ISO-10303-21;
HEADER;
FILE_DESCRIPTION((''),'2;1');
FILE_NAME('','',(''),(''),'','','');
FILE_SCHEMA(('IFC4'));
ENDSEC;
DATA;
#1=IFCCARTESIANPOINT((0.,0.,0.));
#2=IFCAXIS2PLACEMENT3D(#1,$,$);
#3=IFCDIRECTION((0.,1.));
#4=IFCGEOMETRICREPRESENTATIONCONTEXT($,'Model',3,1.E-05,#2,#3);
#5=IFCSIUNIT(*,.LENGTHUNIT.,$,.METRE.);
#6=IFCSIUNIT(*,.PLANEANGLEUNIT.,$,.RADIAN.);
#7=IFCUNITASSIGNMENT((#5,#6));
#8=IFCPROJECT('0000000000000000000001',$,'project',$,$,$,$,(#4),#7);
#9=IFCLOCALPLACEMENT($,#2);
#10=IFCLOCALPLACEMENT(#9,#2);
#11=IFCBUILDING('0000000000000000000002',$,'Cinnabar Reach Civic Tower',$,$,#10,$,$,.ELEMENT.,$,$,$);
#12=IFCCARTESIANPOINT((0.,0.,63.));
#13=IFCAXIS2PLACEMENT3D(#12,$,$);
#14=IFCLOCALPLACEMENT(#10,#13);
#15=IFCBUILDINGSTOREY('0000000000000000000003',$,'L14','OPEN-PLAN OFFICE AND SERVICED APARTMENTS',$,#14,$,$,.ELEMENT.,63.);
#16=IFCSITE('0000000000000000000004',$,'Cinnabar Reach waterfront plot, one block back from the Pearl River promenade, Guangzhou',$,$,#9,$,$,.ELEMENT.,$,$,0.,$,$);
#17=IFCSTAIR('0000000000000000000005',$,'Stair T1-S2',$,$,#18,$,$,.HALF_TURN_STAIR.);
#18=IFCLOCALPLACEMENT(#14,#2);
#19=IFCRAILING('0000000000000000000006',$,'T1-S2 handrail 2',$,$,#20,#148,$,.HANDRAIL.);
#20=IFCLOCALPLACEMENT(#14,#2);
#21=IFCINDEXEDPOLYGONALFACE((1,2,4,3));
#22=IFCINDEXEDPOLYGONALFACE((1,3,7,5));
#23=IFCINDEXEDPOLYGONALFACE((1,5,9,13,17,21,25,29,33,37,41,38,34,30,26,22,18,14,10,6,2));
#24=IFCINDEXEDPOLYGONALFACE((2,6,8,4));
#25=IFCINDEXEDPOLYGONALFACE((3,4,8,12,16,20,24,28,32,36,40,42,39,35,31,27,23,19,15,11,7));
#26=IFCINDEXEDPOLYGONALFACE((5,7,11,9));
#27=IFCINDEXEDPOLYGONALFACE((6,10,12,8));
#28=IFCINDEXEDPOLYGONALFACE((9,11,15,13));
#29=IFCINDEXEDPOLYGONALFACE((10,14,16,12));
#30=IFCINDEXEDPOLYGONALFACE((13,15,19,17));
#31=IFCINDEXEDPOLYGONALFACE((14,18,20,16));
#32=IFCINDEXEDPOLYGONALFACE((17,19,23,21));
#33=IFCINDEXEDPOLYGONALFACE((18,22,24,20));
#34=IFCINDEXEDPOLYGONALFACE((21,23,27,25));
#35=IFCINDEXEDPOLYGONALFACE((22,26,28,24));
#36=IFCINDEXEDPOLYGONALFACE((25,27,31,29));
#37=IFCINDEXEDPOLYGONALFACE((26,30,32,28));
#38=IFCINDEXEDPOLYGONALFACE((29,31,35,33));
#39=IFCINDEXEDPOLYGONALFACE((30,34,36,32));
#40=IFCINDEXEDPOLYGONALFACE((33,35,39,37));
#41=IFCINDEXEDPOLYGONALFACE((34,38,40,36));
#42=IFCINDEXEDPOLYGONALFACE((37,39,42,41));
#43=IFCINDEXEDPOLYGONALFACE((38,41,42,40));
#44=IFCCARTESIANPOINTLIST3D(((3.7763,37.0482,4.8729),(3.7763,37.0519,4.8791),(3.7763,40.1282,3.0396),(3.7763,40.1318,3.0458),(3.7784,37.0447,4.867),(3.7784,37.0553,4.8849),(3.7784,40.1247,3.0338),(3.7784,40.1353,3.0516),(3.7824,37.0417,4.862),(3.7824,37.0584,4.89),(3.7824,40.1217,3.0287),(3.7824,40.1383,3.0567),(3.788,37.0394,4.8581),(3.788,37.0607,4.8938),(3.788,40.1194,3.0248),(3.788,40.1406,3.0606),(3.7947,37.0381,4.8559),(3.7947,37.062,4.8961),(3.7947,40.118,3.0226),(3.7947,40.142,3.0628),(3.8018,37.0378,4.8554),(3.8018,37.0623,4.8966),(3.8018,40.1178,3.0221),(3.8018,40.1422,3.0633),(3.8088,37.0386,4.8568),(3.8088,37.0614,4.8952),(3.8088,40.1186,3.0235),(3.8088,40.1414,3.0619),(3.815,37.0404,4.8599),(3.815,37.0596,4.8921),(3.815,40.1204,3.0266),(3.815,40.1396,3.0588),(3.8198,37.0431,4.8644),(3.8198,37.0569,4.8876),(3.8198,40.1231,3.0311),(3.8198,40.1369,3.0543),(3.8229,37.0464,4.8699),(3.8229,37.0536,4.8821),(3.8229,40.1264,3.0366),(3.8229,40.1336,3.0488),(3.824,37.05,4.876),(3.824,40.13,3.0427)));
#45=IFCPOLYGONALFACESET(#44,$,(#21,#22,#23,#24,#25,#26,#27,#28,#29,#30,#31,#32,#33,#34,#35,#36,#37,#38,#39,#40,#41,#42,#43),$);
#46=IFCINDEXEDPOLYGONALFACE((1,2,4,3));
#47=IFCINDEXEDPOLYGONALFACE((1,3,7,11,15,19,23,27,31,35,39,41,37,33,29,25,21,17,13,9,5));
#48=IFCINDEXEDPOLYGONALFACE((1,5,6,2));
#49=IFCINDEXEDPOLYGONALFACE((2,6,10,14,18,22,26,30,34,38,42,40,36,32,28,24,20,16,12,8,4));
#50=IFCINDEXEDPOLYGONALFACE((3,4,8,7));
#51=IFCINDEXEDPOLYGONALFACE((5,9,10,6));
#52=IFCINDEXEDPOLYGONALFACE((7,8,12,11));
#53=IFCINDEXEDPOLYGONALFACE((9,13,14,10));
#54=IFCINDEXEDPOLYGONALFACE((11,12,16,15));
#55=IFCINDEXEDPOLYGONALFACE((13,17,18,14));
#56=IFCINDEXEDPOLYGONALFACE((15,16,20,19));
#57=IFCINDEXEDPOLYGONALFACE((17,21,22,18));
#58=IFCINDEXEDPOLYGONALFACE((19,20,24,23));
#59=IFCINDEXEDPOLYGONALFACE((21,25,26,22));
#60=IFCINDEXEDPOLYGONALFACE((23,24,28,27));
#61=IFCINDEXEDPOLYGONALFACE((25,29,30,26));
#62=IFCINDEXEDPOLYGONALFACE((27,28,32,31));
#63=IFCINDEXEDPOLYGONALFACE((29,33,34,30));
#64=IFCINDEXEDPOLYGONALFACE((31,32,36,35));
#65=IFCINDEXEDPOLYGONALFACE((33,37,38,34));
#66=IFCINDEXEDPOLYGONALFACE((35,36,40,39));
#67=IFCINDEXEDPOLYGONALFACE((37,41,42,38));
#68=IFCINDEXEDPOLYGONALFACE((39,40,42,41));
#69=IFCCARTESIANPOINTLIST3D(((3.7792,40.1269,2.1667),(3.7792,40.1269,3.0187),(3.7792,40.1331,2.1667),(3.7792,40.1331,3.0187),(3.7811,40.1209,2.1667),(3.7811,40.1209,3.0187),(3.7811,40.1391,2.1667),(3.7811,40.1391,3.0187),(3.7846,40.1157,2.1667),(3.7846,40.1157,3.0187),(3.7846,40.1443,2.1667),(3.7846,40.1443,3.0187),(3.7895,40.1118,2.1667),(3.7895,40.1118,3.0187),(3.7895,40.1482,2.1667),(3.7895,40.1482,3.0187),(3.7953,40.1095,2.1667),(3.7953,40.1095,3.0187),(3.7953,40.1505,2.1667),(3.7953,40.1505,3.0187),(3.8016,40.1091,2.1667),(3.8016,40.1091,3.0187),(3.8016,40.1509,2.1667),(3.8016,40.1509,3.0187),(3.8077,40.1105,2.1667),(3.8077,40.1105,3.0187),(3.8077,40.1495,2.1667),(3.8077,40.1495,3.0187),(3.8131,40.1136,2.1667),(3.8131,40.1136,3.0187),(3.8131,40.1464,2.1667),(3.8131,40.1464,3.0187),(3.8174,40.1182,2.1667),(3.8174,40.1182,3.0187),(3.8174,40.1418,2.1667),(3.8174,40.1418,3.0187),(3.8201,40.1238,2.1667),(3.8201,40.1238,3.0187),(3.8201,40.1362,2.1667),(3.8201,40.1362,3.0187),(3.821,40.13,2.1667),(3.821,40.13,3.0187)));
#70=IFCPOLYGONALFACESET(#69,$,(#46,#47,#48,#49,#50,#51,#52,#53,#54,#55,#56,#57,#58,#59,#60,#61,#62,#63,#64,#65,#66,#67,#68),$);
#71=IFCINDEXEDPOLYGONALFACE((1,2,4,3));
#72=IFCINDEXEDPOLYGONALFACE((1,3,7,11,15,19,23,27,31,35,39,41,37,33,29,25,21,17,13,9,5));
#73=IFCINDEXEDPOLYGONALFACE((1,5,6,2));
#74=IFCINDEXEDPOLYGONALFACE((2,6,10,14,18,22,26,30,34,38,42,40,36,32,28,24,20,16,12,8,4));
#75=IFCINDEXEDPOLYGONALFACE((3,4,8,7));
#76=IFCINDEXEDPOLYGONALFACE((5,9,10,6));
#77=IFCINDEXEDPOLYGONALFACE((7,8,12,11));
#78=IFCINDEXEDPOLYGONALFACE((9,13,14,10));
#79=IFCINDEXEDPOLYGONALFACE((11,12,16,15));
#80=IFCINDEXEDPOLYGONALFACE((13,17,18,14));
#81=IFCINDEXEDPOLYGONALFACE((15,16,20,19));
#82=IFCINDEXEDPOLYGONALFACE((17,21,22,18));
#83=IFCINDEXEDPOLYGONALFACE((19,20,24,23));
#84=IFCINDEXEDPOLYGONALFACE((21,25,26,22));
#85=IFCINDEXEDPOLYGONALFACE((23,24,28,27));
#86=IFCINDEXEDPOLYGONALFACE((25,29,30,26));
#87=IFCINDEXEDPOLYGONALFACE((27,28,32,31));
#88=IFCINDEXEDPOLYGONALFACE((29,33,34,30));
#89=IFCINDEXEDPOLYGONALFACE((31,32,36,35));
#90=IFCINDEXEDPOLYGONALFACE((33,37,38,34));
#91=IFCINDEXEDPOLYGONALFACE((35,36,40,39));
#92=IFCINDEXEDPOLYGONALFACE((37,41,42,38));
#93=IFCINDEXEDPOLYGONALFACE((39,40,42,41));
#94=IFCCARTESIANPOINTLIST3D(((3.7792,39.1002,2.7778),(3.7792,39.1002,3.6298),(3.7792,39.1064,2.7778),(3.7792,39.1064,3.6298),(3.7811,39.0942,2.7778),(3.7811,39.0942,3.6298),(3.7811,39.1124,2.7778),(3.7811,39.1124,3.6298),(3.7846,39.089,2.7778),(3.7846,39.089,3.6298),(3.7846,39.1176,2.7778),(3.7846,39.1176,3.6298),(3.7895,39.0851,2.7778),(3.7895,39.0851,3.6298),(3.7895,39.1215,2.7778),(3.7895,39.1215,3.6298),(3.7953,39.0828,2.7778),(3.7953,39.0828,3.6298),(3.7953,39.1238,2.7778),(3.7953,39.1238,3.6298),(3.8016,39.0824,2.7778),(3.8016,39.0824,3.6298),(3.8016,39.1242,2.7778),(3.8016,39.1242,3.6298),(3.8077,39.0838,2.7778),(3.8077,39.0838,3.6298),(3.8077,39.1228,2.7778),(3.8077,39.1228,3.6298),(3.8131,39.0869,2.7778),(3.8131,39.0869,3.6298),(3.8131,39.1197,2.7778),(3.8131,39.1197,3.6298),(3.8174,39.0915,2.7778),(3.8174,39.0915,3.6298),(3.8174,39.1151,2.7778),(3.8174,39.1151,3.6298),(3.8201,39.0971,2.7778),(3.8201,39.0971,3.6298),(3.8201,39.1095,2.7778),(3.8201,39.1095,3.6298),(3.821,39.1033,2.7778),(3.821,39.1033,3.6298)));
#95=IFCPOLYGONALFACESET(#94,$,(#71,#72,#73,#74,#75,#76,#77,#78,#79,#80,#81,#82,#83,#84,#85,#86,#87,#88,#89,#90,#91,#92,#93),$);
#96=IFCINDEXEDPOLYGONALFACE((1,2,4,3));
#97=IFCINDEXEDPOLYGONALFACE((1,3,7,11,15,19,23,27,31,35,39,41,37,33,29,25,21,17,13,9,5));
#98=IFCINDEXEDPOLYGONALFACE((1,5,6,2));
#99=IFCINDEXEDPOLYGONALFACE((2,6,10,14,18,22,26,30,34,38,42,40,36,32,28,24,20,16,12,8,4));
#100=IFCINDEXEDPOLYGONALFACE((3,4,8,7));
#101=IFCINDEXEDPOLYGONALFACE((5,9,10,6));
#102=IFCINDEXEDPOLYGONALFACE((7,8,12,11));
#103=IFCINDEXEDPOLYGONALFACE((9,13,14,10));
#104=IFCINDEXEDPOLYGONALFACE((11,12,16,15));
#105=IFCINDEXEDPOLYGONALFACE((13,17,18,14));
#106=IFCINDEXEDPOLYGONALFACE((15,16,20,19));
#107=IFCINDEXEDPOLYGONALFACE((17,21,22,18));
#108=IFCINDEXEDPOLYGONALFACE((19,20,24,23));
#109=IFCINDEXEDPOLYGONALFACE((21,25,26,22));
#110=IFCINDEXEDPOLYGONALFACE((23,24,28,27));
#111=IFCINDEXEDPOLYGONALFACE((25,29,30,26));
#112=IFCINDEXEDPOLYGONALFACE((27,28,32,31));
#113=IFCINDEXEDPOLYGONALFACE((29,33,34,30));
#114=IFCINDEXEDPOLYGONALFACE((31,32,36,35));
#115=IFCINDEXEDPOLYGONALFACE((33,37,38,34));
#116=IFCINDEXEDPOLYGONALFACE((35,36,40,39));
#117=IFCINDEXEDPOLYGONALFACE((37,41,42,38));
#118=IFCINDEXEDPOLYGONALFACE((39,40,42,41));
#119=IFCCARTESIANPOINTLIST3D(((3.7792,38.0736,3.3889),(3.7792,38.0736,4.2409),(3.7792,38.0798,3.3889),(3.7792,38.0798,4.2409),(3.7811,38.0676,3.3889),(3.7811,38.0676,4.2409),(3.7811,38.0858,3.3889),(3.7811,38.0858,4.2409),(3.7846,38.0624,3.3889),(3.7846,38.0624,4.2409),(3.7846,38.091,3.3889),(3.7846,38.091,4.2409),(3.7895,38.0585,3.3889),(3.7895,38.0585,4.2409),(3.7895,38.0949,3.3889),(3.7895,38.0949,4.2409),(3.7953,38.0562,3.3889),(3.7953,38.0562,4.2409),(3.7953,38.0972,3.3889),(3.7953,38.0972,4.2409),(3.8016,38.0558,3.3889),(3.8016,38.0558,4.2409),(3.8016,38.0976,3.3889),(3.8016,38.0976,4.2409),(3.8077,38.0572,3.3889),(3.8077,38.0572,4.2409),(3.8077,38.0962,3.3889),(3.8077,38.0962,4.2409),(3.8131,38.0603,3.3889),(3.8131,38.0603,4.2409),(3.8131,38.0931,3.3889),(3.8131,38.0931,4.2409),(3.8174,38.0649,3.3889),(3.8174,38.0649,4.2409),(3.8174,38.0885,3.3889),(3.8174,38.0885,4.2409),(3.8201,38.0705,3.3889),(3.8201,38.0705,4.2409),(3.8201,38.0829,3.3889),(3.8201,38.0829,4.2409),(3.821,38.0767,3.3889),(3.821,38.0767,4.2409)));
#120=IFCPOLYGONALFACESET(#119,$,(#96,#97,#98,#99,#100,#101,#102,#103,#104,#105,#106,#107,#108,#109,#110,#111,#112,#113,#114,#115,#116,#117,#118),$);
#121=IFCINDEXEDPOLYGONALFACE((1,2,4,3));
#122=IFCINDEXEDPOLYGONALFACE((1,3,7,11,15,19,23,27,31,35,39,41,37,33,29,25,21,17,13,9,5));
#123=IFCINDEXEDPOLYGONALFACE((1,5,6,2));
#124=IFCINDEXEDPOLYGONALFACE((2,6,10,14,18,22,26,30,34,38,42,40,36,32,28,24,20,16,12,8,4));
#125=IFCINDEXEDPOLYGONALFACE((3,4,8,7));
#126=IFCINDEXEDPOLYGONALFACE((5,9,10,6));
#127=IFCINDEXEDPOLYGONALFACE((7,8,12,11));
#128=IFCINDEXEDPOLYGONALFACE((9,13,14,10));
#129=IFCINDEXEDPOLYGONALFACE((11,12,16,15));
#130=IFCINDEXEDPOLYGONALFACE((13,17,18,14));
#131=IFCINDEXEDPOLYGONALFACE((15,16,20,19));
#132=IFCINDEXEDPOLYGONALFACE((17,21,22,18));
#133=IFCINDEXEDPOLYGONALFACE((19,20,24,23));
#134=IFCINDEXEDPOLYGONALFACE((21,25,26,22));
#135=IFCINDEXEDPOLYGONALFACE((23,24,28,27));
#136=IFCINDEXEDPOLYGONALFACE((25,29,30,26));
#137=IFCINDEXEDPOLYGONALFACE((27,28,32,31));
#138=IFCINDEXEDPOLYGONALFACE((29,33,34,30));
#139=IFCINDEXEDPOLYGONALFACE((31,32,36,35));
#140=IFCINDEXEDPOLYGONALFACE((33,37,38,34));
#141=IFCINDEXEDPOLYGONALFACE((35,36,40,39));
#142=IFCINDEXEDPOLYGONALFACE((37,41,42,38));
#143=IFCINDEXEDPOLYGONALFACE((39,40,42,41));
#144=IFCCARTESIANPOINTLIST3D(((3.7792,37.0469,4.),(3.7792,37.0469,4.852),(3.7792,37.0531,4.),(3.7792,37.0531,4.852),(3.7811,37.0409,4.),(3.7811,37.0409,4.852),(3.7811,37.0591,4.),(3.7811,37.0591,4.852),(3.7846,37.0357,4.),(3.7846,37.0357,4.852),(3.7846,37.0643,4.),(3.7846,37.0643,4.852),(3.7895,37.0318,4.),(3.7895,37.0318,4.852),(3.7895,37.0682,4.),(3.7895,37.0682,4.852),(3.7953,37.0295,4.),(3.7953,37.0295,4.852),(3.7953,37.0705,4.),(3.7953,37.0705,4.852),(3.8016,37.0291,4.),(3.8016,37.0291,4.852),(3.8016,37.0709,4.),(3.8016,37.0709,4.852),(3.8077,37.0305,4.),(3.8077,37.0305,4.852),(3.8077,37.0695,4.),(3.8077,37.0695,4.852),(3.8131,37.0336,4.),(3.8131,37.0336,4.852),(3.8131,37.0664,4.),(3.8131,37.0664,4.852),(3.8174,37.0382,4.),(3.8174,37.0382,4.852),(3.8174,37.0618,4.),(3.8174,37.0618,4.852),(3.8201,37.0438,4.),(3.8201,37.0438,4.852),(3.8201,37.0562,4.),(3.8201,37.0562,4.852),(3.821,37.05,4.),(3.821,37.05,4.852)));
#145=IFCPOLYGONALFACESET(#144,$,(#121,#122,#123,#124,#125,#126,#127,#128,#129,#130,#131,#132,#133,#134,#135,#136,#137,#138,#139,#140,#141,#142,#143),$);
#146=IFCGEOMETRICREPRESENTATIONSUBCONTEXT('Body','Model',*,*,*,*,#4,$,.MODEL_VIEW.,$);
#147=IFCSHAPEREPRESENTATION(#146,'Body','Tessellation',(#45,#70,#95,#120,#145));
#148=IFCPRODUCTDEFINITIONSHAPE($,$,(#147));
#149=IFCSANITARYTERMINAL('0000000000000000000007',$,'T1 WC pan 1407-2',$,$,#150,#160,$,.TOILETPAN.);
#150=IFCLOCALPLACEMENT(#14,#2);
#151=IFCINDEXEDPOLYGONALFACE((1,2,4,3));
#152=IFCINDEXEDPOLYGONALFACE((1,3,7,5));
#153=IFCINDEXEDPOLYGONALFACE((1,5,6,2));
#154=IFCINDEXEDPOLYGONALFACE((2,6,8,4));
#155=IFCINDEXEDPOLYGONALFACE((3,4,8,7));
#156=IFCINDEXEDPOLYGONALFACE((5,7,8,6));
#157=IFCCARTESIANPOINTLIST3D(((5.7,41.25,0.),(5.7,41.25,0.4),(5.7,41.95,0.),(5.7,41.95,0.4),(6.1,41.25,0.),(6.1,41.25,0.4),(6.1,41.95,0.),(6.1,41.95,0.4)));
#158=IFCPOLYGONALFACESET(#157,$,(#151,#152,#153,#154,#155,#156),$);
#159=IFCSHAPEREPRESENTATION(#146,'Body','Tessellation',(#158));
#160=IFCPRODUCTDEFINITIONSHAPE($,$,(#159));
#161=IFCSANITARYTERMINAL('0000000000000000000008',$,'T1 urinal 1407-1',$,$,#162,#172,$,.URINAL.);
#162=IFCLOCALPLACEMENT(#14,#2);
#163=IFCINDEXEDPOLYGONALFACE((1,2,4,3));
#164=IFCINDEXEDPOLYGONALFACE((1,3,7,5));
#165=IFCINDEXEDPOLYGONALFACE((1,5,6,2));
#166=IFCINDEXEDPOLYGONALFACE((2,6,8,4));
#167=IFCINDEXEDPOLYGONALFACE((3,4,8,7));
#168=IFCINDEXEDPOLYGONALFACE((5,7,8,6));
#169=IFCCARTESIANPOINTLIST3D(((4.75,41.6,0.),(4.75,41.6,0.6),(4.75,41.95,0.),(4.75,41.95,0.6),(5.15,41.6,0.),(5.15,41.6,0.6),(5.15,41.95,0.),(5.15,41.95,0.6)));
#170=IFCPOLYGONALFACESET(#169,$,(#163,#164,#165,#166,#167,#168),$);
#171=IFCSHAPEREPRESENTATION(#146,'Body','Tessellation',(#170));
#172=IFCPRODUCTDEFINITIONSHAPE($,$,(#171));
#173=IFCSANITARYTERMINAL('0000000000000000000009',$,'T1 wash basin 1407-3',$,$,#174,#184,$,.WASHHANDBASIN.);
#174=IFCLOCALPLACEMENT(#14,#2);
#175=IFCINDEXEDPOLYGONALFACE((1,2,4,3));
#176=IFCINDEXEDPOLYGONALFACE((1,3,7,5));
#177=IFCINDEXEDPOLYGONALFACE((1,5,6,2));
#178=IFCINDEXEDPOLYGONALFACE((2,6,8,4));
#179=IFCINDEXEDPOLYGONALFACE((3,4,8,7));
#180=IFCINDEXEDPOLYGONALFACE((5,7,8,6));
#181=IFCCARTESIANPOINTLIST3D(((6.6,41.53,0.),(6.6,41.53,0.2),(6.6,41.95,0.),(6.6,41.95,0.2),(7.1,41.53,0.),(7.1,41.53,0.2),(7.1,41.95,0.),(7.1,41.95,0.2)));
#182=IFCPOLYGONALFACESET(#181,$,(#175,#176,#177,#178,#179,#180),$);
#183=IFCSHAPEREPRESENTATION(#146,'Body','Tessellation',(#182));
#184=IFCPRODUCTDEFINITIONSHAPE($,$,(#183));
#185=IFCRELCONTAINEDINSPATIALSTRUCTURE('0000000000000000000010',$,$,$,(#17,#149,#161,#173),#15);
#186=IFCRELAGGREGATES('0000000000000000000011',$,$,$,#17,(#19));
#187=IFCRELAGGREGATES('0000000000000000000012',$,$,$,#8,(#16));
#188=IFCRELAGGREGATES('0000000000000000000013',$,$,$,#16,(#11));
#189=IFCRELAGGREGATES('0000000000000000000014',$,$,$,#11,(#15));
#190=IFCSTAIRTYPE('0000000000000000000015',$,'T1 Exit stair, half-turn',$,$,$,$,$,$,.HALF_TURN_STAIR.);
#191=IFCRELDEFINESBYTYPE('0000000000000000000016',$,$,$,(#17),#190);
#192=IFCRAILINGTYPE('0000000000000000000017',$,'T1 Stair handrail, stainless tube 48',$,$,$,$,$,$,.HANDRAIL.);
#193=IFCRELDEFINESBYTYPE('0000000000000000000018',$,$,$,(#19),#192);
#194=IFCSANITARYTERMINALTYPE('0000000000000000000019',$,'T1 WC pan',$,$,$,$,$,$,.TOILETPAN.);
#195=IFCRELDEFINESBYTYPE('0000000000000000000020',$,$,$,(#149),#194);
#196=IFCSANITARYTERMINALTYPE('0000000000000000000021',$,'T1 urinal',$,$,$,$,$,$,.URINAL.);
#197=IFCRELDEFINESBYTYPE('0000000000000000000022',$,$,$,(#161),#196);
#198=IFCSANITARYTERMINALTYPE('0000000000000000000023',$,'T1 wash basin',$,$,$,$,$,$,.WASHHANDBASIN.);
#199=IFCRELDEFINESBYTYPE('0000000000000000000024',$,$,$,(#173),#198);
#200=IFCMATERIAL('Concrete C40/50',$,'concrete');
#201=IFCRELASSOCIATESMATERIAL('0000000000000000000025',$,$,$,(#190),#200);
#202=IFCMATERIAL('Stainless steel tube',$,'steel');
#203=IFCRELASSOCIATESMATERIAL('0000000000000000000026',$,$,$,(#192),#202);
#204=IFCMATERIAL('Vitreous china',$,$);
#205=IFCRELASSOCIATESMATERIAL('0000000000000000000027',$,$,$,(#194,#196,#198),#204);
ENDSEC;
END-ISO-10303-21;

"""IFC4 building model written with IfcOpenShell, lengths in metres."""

from ifc_helpers import new_model, si_unit, direction, frame, origin, origin_2d, place, context, subcontext, project, spatial, rectangle, circle, extrude, material, type_object, element, aggregate, save


model = new_model("IFC4")

# Units and contexts
model_context = context("Model", 3, precision=1e-05, world=origin(), true_north=direction((0.0, 1.0)))
body_context = subcontext(model_context, "Body", "Model", "MODEL_VIEW")
ifc_project = project(units=[si_unit("LENGTHUNIT", "METRE"), si_unit("PLANEANGLEUNIT", "RADIAN")], contexts=[model_context])

# Site, building, storey
site_placement = place(None, origin())
site = spatial("IfcSite", under=ifc_project, at=site_placement, Name="Cinnabar Reach waterfront plot, one block back from the Pearl River promenade, Guangzhou", CompositionType="ELEMENT", RefElevation=0.0)
building_placement = place(site_placement, origin())
building = spatial("IfcBuilding", under=site, at=building_placement, Name="Cinnabar Reach Civic Tower", CompositionType="ELEMENT")
storey_placement = place(building_placement, frame((0.0, 0.0, 63.0)))
storey = spatial("IfcBuildingStorey", under=building, at=storey_placement, Name="L14", Description="OPEN-PLAN OFFICE AND SERVICED APARTMENTS", CompositionType="ELEMENT", Elevation=63.0)

# Stair, railing
ifc_material_1 = material(Name="Concrete C40/50", Category="concrete")
stair_type = type_object("IfcStairType", Name="T1 Exit stair, half-turn", PredefinedType="HALF_TURN_STAIR", material=ifc_material_1)
stair_placement = place(storey_placement, origin())
stair = element("IfcStair", 1, at=stair_placement, inside=storey, type_object=stair_type, Name="Stair T1-S2", PredefinedType="HALF_TURN_STAIR")
ifc_material_2 = material(Name="Stainless steel tube", Category="steel")
railing_type = type_object("IfcRailingType", Name="T1 Stair handrail, stainless tube 48", PredefinedType="HANDRAIL", material=ifc_material_2)
railing_placement = place(storey_placement, frame((3.8, 40.13, 2.1667)))
railing = element("IfcRailing", 2, at=railing_placement, type_object=railing_type, Name="T1-S2 handrail 2", PredefinedType="HANDRAIL", context=body_context, shape_type="SweptSolid", body=[
    extrude(circle(Radius=0.024, at=origin_2d()), frame((0.0, 0.0, 0.876), z_axis=(0.0, -0.859297, 0.511477), x_axis=(1.0, 0.0, 0.0)), (0.0, 0.0, 1.0), 3.5843),
    extrude(circle(Radius=0.021, at=origin_2d()), origin(), (0.0, 0.0, 1.0), 0.852),
    extrude(circle(Radius=0.021, at=origin_2d()), frame((0.0, -1.0267, 0.6111)), (0.0, 0.0, 1.0), 0.852),
    extrude(circle(Radius=0.021, at=origin_2d()), frame((0.0, -2.0533, 1.2222)), (0.0, 0.0, 1.0), 0.852),
    extrude(circle(Radius=0.021, at=origin_2d()), frame((0.0, -3.08, 1.8333)), (0.0, 0.0, 1.0), 0.852),
])
aggregate(stair, [railing])

# Sanitary terminals
ifc_material_3 = material(Name="Vitreous china")
sanitary_terminal_type_1 = type_object("IfcSanitaryTerminalType", Name="T1 WC pan", PredefinedType="TOILETPAN", material=ifc_material_3)
sanitary_terminal_1_placement = place(storey_placement, frame((5.9, 41.6, 0.0), z_axis=(0.0, 0.0, 1.0), x_axis=(1.0, 0.0, 0.0)))
element("IfcSanitaryTerminal", 3, at=sanitary_terminal_1_placement, inside=storey, type_object=sanitary_terminal_type_1, Name="T1 WC pan 1407-2", PredefinedType="TOILETPAN", context=body_context, shape_type="SweptSolid", body=[
    extrude(rectangle(XDim=0.4, YDim=0.7, at=origin_2d()), origin(), (0.0, 0.0, 1.0), 0.4),
])
sanitary_terminal_type_2 = type_object("IfcSanitaryTerminalType", Name="T1 urinal", PredefinedType="URINAL", material=ifc_material_3)
sanitary_terminal_2_placement = place(storey_placement, frame((4.95, 41.775, 0.0), z_axis=(0.0, 0.0, 1.0), x_axis=(1.0, 0.0, 0.0)))
element("IfcSanitaryTerminal", 4, at=sanitary_terminal_2_placement, inside=storey, type_object=sanitary_terminal_type_2, Name="T1 urinal 1407-1", PredefinedType="URINAL", context=body_context, shape_type="SweptSolid", body=[
    extrude(rectangle(XDim=0.4, YDim=0.35, at=origin_2d()), origin(), (0.0, 0.0, 1.0), 0.6),
])
sanitary_terminal_type_3 = type_object("IfcSanitaryTerminalType", Name="T1 wash basin", PredefinedType="WASHHANDBASIN", material=ifc_material_3)
sanitary_terminal_3_placement = place(storey_placement, frame((6.85, 41.74, 0.0), z_axis=(0.0, 0.0, 1.0), x_axis=(1.0, 0.0, 0.0)))
element("IfcSanitaryTerminal", 5, at=sanitary_terminal_3_placement, inside=storey, type_object=sanitary_terminal_type_3, Name="T1 wash basin 1407-3", PredefinedType="WASHHANDBASIN", context=body_context, shape_type="SweptSolid", body=[
    extrude(rectangle(XDim=0.5, YDim=0.42, at=origin_2d()), origin(), (0.0, 0.0, 1.0), 0.2),
])

save(model, "model.ifc")
